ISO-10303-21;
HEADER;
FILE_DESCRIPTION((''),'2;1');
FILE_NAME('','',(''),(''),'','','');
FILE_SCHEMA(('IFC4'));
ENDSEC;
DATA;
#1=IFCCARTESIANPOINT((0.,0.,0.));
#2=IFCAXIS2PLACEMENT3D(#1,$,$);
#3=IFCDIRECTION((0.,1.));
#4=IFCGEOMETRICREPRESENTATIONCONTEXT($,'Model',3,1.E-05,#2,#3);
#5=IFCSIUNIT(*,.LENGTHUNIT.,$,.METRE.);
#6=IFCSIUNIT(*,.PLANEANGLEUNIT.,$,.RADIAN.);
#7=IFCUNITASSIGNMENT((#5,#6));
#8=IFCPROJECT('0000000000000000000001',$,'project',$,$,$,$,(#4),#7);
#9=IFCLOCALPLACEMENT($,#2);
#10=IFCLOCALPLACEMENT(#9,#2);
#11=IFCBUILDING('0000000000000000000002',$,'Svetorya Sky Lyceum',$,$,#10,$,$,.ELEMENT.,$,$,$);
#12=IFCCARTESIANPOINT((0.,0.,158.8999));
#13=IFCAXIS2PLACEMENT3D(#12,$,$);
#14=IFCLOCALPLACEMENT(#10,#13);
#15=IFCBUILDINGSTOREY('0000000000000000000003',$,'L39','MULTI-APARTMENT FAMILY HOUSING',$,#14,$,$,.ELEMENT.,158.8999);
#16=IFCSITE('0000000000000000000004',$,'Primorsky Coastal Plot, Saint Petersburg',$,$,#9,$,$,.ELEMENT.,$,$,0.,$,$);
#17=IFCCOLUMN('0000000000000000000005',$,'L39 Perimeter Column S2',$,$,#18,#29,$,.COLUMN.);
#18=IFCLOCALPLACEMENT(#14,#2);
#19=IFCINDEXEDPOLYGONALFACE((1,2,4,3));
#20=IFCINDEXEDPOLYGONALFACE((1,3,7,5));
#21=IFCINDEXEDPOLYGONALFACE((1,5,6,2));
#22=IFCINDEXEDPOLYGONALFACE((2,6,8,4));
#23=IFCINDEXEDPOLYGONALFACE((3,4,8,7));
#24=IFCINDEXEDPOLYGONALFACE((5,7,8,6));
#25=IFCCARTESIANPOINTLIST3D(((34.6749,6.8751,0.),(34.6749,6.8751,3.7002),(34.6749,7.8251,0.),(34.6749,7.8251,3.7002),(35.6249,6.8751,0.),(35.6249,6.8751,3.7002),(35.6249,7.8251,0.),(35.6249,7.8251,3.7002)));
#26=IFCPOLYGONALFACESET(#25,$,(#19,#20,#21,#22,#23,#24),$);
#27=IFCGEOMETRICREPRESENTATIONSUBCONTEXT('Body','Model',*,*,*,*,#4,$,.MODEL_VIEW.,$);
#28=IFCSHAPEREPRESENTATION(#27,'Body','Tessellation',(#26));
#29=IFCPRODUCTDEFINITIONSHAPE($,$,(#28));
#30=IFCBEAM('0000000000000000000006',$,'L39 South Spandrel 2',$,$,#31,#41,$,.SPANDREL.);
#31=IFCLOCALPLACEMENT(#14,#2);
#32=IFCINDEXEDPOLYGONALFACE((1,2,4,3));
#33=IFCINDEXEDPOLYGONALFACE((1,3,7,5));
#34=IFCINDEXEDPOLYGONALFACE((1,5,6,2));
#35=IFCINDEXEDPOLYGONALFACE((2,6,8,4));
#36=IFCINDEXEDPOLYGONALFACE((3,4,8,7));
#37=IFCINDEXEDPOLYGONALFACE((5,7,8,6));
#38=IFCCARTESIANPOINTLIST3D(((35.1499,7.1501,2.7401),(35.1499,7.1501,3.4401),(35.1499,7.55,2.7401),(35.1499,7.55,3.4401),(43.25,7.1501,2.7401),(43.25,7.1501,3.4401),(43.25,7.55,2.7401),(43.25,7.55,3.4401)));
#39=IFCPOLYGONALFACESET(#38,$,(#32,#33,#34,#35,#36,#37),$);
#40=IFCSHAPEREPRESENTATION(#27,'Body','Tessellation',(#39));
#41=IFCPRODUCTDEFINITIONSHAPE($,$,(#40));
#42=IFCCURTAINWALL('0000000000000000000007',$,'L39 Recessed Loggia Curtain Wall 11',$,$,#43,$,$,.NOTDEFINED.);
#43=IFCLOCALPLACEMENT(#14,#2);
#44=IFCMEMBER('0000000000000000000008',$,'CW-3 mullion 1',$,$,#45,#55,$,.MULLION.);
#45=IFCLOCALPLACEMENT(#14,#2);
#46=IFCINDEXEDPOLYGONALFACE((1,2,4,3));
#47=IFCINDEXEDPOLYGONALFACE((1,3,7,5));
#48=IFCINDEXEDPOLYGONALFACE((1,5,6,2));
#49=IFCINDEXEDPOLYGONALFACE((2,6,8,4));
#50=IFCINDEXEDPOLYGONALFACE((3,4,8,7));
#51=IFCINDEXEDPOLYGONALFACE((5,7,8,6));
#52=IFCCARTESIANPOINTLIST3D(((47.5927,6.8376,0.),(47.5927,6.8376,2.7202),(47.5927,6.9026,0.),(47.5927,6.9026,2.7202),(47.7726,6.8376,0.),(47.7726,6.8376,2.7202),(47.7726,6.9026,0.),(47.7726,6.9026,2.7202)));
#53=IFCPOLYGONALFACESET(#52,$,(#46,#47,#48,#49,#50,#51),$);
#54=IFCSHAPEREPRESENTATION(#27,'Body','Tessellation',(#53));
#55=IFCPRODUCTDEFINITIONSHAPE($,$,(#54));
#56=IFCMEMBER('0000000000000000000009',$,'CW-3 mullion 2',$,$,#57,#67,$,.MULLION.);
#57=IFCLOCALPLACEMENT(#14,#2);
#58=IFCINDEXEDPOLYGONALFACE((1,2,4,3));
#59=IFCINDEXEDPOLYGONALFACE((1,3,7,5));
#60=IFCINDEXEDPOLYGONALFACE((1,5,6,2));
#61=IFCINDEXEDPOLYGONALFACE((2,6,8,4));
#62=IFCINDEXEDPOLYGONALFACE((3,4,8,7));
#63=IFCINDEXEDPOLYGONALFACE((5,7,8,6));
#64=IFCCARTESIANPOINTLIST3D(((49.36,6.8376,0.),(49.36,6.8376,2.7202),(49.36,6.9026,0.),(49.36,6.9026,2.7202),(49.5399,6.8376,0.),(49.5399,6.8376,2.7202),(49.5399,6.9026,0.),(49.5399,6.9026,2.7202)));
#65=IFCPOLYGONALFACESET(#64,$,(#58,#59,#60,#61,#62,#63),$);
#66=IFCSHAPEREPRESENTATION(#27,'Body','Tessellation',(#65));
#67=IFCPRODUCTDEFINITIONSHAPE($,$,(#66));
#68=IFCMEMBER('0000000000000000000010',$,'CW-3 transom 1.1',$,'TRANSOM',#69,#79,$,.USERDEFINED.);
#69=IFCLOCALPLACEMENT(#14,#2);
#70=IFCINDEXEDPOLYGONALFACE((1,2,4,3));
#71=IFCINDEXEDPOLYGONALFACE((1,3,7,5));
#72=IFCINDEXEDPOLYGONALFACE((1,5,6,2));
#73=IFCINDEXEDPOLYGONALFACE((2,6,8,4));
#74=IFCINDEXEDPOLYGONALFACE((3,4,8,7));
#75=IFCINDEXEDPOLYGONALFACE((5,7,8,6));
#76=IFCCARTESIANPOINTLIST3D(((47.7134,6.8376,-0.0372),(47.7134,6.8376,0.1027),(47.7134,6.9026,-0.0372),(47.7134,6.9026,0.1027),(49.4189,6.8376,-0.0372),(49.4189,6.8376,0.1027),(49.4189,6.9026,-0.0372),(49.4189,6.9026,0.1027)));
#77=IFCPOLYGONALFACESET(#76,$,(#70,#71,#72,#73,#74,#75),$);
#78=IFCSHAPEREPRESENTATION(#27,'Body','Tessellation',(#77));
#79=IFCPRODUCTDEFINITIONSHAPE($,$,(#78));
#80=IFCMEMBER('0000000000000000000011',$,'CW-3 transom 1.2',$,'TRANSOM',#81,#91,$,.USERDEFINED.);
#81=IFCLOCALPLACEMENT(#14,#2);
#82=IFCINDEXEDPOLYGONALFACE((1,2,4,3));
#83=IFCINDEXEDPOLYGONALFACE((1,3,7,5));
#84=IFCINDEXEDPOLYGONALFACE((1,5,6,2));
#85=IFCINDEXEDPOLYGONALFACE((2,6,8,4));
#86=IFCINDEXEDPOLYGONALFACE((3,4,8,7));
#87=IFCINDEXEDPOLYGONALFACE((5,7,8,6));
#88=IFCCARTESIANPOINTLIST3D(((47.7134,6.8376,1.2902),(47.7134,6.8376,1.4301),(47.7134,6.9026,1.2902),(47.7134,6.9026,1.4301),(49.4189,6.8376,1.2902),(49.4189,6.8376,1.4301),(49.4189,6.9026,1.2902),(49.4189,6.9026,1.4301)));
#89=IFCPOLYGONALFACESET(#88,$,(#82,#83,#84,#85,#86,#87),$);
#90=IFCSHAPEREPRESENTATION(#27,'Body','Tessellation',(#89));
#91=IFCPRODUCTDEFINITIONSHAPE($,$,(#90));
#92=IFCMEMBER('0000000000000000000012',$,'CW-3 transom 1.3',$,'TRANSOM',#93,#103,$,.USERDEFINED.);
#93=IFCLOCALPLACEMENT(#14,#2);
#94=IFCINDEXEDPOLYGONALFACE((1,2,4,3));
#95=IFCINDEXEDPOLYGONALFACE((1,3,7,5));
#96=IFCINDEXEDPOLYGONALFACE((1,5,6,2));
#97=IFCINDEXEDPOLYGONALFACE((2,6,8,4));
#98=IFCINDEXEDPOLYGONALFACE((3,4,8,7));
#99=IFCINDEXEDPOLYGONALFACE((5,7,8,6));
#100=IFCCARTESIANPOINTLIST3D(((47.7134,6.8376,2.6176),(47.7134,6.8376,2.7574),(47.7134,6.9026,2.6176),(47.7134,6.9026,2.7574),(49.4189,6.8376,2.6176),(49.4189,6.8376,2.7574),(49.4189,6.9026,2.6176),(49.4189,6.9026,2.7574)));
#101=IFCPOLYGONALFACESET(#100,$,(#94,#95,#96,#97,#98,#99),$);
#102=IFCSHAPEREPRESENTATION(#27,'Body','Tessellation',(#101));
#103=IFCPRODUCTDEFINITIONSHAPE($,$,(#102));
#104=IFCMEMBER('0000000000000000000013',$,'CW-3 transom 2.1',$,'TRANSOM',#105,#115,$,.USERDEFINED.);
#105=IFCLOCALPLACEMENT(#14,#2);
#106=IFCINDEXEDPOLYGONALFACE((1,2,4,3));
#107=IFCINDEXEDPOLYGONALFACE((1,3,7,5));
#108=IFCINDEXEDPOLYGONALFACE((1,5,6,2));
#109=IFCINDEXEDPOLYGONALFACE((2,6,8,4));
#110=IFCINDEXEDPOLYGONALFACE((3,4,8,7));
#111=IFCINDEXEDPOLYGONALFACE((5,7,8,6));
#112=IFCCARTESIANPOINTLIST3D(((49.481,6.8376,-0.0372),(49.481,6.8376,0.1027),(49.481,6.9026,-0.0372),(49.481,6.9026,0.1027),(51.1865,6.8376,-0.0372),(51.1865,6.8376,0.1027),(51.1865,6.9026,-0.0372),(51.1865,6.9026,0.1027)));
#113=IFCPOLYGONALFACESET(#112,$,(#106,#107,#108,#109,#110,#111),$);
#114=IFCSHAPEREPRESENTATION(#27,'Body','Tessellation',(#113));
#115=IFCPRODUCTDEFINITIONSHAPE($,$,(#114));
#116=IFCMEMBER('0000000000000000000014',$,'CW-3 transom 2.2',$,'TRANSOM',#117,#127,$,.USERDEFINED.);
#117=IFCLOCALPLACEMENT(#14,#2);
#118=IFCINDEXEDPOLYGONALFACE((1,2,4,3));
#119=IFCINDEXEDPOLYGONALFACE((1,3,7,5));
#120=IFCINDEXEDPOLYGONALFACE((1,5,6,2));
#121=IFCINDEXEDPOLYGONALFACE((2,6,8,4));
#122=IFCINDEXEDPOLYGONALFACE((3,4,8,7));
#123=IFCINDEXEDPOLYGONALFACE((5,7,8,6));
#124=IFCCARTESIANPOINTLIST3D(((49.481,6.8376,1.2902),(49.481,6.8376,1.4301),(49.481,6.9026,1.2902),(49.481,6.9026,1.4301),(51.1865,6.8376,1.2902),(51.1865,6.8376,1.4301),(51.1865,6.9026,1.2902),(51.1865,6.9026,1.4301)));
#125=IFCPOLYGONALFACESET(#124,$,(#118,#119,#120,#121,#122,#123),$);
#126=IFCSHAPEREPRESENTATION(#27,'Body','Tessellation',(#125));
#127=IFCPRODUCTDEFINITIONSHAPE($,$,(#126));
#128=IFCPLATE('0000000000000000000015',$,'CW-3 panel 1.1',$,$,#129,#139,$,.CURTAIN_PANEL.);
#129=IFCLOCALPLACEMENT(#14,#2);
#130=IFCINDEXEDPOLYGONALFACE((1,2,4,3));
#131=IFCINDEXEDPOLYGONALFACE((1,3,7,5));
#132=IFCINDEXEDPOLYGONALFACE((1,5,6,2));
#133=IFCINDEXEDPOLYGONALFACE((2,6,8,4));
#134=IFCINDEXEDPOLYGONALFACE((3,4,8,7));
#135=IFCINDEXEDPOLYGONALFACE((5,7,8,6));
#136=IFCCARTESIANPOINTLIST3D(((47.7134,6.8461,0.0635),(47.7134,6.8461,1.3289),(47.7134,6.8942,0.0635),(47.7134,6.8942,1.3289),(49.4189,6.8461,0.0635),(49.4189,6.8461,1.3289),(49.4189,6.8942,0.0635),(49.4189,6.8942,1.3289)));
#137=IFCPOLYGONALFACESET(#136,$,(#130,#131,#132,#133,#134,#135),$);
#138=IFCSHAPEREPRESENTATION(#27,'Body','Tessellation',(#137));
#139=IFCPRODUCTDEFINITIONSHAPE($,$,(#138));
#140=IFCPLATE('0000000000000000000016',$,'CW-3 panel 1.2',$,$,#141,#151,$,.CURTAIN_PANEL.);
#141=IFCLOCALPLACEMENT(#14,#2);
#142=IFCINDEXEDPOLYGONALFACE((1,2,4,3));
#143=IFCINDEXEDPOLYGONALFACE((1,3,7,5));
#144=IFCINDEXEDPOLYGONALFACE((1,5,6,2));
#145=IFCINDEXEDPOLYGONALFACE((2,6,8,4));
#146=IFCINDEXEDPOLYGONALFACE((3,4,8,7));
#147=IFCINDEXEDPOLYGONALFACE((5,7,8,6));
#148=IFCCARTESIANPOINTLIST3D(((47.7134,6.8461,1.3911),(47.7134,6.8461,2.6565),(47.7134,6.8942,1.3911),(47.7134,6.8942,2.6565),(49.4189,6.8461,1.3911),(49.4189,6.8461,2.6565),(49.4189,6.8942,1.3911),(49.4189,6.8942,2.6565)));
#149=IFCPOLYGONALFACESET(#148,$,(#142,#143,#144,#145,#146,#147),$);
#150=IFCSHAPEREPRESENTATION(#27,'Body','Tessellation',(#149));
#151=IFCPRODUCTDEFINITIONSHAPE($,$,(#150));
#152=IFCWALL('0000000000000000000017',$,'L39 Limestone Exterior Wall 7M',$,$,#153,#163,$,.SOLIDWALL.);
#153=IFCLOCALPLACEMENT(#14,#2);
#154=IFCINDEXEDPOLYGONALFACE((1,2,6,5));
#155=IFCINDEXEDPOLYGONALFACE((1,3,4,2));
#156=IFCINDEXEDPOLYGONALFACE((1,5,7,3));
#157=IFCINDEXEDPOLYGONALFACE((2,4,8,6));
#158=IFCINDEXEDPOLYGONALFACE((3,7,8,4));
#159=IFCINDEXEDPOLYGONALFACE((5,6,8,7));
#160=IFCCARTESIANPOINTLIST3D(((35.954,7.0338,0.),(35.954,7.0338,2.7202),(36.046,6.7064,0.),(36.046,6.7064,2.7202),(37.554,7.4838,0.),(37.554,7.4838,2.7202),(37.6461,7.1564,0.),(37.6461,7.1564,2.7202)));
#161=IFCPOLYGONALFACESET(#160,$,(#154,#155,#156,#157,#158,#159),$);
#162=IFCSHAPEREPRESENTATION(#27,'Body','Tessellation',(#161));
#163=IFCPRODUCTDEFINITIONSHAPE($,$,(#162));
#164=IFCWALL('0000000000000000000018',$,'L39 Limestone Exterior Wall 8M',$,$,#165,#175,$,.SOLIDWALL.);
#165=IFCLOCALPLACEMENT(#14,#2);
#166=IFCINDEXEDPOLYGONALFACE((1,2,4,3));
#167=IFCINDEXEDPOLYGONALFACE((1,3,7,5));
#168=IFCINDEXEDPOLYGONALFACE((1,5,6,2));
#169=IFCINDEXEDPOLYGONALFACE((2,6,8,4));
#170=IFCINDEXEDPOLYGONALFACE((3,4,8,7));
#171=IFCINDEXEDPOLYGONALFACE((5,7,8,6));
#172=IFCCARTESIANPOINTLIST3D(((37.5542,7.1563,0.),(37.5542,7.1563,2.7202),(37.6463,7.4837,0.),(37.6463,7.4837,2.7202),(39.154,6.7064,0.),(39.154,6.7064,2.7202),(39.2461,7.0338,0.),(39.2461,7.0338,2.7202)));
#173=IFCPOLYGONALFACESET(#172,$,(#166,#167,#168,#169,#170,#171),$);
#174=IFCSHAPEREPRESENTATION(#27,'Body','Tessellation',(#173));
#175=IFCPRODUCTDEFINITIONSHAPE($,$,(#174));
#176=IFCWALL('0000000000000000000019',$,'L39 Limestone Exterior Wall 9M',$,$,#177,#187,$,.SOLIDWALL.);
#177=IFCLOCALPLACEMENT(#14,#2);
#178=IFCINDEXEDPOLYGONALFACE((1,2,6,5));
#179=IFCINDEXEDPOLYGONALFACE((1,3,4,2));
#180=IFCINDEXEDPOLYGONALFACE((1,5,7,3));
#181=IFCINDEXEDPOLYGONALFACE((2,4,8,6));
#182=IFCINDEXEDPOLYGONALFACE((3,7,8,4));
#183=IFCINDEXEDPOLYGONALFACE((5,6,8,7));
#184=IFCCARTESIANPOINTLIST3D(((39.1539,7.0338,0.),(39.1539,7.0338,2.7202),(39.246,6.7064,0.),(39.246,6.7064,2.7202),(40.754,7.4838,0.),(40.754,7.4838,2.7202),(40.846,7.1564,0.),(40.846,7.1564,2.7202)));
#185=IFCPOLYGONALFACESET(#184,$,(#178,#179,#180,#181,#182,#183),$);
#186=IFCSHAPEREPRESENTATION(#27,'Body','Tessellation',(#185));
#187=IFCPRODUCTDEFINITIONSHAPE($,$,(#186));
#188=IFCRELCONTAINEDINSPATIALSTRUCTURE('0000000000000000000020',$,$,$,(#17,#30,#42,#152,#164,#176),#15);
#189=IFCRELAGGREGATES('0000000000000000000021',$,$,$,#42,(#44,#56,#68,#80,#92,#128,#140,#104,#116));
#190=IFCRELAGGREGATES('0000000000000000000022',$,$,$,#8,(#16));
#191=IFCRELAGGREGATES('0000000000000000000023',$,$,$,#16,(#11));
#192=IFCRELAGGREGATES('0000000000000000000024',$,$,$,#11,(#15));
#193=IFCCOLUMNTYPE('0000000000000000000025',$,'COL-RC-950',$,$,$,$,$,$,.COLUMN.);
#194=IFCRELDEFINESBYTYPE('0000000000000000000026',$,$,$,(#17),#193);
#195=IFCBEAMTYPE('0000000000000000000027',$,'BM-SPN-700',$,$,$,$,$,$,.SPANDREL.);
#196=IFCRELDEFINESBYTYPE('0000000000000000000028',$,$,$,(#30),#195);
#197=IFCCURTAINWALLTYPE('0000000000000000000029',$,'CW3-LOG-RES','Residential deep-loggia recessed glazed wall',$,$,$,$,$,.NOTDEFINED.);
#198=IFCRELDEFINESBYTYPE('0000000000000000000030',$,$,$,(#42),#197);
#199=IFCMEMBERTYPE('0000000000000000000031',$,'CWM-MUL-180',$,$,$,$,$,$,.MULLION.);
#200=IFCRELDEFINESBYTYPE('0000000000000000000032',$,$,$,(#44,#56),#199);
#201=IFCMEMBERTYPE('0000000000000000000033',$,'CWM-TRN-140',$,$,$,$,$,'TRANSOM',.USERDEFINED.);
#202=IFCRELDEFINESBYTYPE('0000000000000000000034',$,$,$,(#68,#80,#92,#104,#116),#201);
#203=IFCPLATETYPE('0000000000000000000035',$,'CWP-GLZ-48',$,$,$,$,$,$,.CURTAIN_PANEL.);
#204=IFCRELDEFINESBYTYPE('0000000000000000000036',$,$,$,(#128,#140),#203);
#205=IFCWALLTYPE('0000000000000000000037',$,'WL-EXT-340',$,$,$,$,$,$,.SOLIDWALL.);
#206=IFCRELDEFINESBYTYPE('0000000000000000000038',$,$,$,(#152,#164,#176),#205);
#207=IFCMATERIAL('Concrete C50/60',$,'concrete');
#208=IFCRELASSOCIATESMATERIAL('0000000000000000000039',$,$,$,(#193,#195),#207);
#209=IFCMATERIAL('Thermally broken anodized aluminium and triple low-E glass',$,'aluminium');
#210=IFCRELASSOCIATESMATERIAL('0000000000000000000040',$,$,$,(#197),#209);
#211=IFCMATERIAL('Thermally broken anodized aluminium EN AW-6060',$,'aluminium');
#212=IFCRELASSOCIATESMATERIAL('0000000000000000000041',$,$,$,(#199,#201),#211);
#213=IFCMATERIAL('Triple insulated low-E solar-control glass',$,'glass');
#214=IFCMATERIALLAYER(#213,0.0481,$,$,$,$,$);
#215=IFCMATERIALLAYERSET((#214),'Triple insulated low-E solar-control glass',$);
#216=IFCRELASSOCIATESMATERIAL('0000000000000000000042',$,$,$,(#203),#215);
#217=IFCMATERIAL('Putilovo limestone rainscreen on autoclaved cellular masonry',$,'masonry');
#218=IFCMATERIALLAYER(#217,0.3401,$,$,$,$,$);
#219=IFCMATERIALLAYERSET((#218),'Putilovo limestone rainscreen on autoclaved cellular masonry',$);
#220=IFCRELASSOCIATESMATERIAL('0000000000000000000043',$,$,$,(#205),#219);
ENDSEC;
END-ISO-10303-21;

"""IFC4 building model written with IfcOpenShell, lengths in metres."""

from ifc_helpers import new_model, si_unit, direction, frame, frame_2d, origin, origin_2d, place, context, subcontext, project, spatial, rectangle, extrude, material, layer, layer_set, material_profile, profile_set, type_object, element, aggregate, save


model = new_model("IFC4")

# Units and contexts
model_context = context("Model", 3, precision=1e-05, world=origin(), true_north=direction((0.0, 1.0)))
body_context = subcontext(model_context, "Body", "Model", "MODEL_VIEW")
ifc_project = project(units=[si_unit("LENGTHUNIT", "METRE"), si_unit("PLANEANGLEUNIT", "RADIAN")], contexts=[model_context])

# Site, building, storey
site_placement = place(None, origin())
site = spatial("IfcSite", under=ifc_project, at=site_placement, Name="Primorsky Coastal Plot, Saint Petersburg", CompositionType="ELEMENT", RefElevation=0.0)
building_placement = place(site_placement, origin())
building = spatial("IfcBuilding", under=site, at=building_placement, Name="Svetorya Sky Lyceum", CompositionType="ELEMENT")
storey_placement = place(building_placement, frame((0.0, 0.0, 158.8999)))
storey = spatial("IfcBuildingStorey", under=building, at=storey_placement, Name="L39", Description="MULTI-APARTMENT FAMILY HOUSING", CompositionType="ELEMENT", Elevation=158.8999)

# Column
ifc_material_1 = material(Name="Concrete C50/60", Category="concrete")
ifc_material_profile_1 = material_profile(ifc_material_1, rectangle(XDim=0.95, YDim=0.95, at=origin_2d()), Name="RC COL 950x950")
ifc_profile_set_1 = profile_set([ifc_material_profile_1], Name="Concrete C50/60")
column_type = type_object("IfcColumnType", Name="COL-RC-950", PredefinedType="COLUMN", material=ifc_profile_set_1)
column_placement = place(storey_placement, frame((35.1499, 7.3501, 0.0), z_axis=(0.0, 0.0, 1.0), x_axis=(1.0, 0.0, 0.0)))
element("IfcColumn", 1, at=column_placement, inside=storey, type_object=column_type, Name="L39 Perimeter Column S2", PredefinedType="COLUMN", context=body_context, shape_type="SweptSolid", body=[
    extrude(rectangle(XDim=0.95, YDim=0.95, at=origin_2d()), origin(), (0.0, 0.0, 1.0), 3.7002),
])

# Beam
ifc_material_profile_2 = material_profile(ifc_material_1, rectangle(XDim=0.3999, YDim=0.7, at=origin_2d()), Name="RC SPANDREL 400x700")
ifc_profile_set_2 = profile_set([ifc_material_profile_2], Name="Concrete C50/60")
beam_type = type_object("IfcBeamType", Name="BM-SPN-700", PredefinedType="SPANDREL", material=ifc_profile_set_2)
beam_placement = place(storey_placement, frame((35.1499, 7.3501, 3.0901), z_axis=(1.0, 0.0, 0.0), x_axis=(0.0, 1.0, 0.0)))
element("IfcBeam", 2, at=beam_placement, inside=storey, type_object=beam_type, Name="L39 South Spandrel 2", PredefinedType="SPANDREL", context=body_context, shape_type="SweptSolid", body=[
    extrude(rectangle(XDim=0.3999, YDim=0.7, at=origin_2d()), origin(), (0.0, 0.0, 1.0), 8.1001),
])

# Curtain wall, members, plates
ifc_material_2 = material(Name="Thermally broken anodized aluminium and triple low-E glass", Category="aluminium")
curtain_wall_type = type_object("IfcCurtainWallType", Name="CW3-LOG-RES", Description="Residential deep-loggia recessed glazed wall", PredefinedType="NOTDEFINED", material=ifc_material_2)
curtain_wall_placement = place(storey_placement, origin())
curtain_wall = element("IfcCurtainWall", 3, at=curtain_wall_placement, inside=storey, type_object=curtain_wall_type, Name="L39 Recessed Loggia Curtain Wall 11", PredefinedType="NOTDEFINED")
ifc_material_3 = material(Name="Thermally broken anodized aluminium EN AW-6060", Category="aluminium")
ifc_material_profile_3 = material_profile(ifc_material_3, rectangle(XDim=0.0649, YDim=0.1799, at=origin_2d()), Name="ALU MULLION 65x180")
ifc_profile_set_3 = profile_set([ifc_material_profile_3], Name="Thermally broken anodized aluminium EN AW-6060")
member_type_1 = type_object("IfcMemberType", Name="CWM-MUL-180", PredefinedType="MULLION", material=ifc_profile_set_3)
member_1_placement = place(storey_placement, frame((47.6826, 6.8701, 0.0), z_axis=(0.0, 0.0, 1.0), x_axis=(0.0, 1.0, 0.0)))
member_1 = element("IfcMember", 4, at=member_1_placement, type_object=member_type_1, Name="CW-3 mullion 1", PredefinedType="MULLION", context=body_context, shape_type="SweptSolid", body=[
    extrude(rectangle(XDim=0.0649, YDim=0.1799, at=origin_2d()), origin(), (0.0, 0.0, 1.0), 2.7202),
])
member_2_placement = place(storey_placement, frame((49.45, 6.8701, 0.0), z_axis=(0.0, 0.0, 1.0), x_axis=(0.0, 1.0, 0.0)))
member_2 = element("IfcMember", 5, at=member_2_placement, type_object=member_type_1, Name="CW-3 mullion 2", PredefinedType="MULLION", context=body_context, shape_type="SweptSolid", body=[
    extrude(rectangle(XDim=0.0649, YDim=0.1799, at=origin_2d()), origin(), (0.0, 0.0, 1.0), 2.7202),
])
ifc_material_profile_4 = material_profile(ifc_material_3, rectangle(XDim=0.0649, YDim=0.1399, at=origin_2d()), Name="ALU TRANSOM 65x140")
ifc_profile_set_4 = profile_set([ifc_material_profile_4], Name="Thermally broken anodized aluminium EN AW-6060")
member_type_2 = type_object("IfcMemberType", Name="CWM-TRN-140", ElementType="TRANSOM", PredefinedType="USERDEFINED", material=ifc_profile_set_4)
member_3_placement = place(storey_placement, frame((47.7134, 6.8701, 0.0327), z_axis=(1.0, 0.0, 0.0), x_axis=(0.0, 1.0, 0.0)))
member_3 = element("IfcMember", 6, at=member_3_placement, type_object=member_type_2, Name="CW-3 transom 1.1", ObjectType="TRANSOM", PredefinedType="USERDEFINED", context=body_context, shape_type="SweptSolid", body=[
    extrude(rectangle(XDim=0.0649, YDim=0.1399, at=origin_2d()), origin(), (0.0, 0.0, 1.0), 1.7056),
])
member_4_placement = place(storey_placement, frame((47.7134, 6.8701, 1.3601), z_axis=(1.0, 0.0, 0.0), x_axis=(0.0, 1.0, 0.0)))
member_4 = element("IfcMember", 7, at=member_4_placement, type_object=member_type_2, Name="CW-3 transom 1.2", ObjectType="TRANSOM", PredefinedType="USERDEFINED", context=body_context, shape_type="SweptSolid", body=[
    extrude(rectangle(XDim=0.0649, YDim=0.1399, at=origin_2d()), origin(), (0.0, 0.0, 1.0), 1.7056),
])
member_5_placement = place(storey_placement, frame((47.7134, 6.8701, 2.6875), z_axis=(1.0, 0.0, 0.0), x_axis=(0.0, 1.0, 0.0)))
member_5 = element("IfcMember", 8, at=member_5_placement, type_object=member_type_2, Name="CW-3 transom 1.3", ObjectType="TRANSOM", PredefinedType="USERDEFINED", context=body_context, shape_type="SweptSolid", body=[
    extrude(rectangle(XDim=0.0649, YDim=0.1399, at=origin_2d()), origin(), (0.0, 0.0, 1.0), 1.7056),
])
member_6_placement = place(storey_placement, frame((49.481, 6.8701, 0.0327), z_axis=(1.0, 0.0, 0.0), x_axis=(0.0, 1.0, 0.0)))
member_6 = element("IfcMember", 9, at=member_6_placement, type_object=member_type_2, Name="CW-3 transom 2.1", ObjectType="TRANSOM", PredefinedType="USERDEFINED", context=body_context, shape_type="SweptSolid", body=[
    extrude(rectangle(XDim=0.0649, YDim=0.1399, at=origin_2d()), origin(), (0.0, 0.0, 1.0), 1.7056),
])
member_7_placement = place(storey_placement, frame((49.481, 6.8701, 1.3601), z_axis=(1.0, 0.0, 0.0), x_axis=(0.0, 1.0, 0.0)))
member_7 = element("IfcMember", 10, at=member_7_placement, type_object=member_type_2, Name="CW-3 transom 2.2", ObjectType="TRANSOM", PredefinedType="USERDEFINED", context=body_context, shape_type="SweptSolid", body=[
    extrude(rectangle(XDim=0.0649, YDim=0.1399, at=origin_2d()), origin(), (0.0, 0.0, 1.0), 1.7056),
])
ifc_material_4 = material(Name="Triple insulated low-E solar-control glass", Category="glass")
ifc_layer_1 = layer(ifc_material_4, 0.0481)
ifc_layer_set_1 = layer_set([ifc_layer_1], Name="Triple insulated low-E solar-control glass")
plate_type = type_object("IfcPlateType", Name="CWP-GLZ-48", PredefinedType="CURTAIN_PANEL", material=ifc_layer_set_1)
plate_1_placement = place(storey_placement, frame((48.5662, 6.8701, 0.0635), z_axis=(0.0, 0.0, 1.0), x_axis=(1.0, 0.0, 0.0)))
plate_1 = element("IfcPlate", 11, at=plate_1_placement, type_object=plate_type, Name="CW-3 panel 1.1", PredefinedType="CURTAIN_PANEL", context=body_context, shape_type="SweptSolid", body=[
    extrude(rectangle(XDim=1.7056, YDim=0.0481, at=origin_2d()), origin(), (0.0, 0.0, 1.0), 1.2654),
])
plate_2_placement = place(storey_placement, frame((48.5662, 6.8701, 1.3911), z_axis=(0.0, 0.0, 1.0), x_axis=(1.0, 0.0, 0.0)))
plate_2 = element("IfcPlate", 12, at=plate_2_placement, type_object=plate_type, Name="CW-3 panel 1.2", PredefinedType="CURTAIN_PANEL", context=body_context, shape_type="SweptSolid", body=[
    extrude(rectangle(XDim=1.7056, YDim=0.0481, at=origin_2d()), origin(), (0.0, 0.0, 1.0), 1.2654),
])
aggregate(curtain_wall, [member_1, member_2, member_3, member_4, member_5, plate_1, plate_2, member_6, member_7])

# Walls
ifc_material_5 = material(Name="Putilovo limestone rainscreen on autoclaved cellular masonry", Category="masonry")
ifc_layer_2 = layer(ifc_material_5, 0.3401)
ifc_layer_set_2 = layer_set([ifc_layer_2], Name="Putilovo limestone rainscreen on autoclaved cellular masonry")
wall_type_1 = type_object("IfcWallType", Name="WL-EXT-340", PredefinedType="SOLIDWALL", material=ifc_layer_set_2)
wall_1_placement = place(storey_placement, frame((36.0, 6.8701, 0.0), z_axis=(0.0, 0.0, 1.0), x_axis=(0.962663, 0.270703, 0.0)))
element("IfcWall", 13, at=wall_1_placement, inside=storey, type_object=wall_type_1, Name="L39 Limestone Exterior Wall 7M", PredefinedType="SOLIDWALL", context=body_context, shape_type="SweptSolid", body=[
    extrude(rectangle(XDim=1.6621, YDim=0.3401, at=frame_2d((0.8311, 0.0))), origin(), (0.0, 0.0, 1.0), 2.7202),
])
wall_2_placement = place(storey_placement, frame((37.6001, 7.3201, 0.0), z_axis=(0.0, 0.0, 1.0), x_axis=(0.962652, -0.270741, 0.0)))
element("IfcWall", 14, at=wall_2_placement, inside=storey, type_object=wall_type_1, Name="L39 Limestone Exterior Wall 8M", PredefinedType="SOLIDWALL", context=body_context, shape_type="SweptSolid", body=[
    extrude(rectangle(XDim=1.6619, YDim=0.3401, at=frame_2d((0.8311, 0.0))), origin(), (0.0, 0.0, 1.0), 2.7202),
])
wall_3_placement = place(storey_placement, frame((39.2, 6.8701, 0.0), z_axis=(0.0, 0.0, 1.0), x_axis=(0.962663, 0.270703, 0.0)))
element("IfcWall", 15, at=wall_3_placement, inside=storey, type_object=wall_type_1, Name="L39 Limestone Exterior Wall 9M", PredefinedType="SOLIDWALL", context=body_context, shape_type="SweptSolid", body=[
    extrude(rectangle(XDim=1.6621, YDim=0.3401, at=frame_2d((0.8311, 0.0))), origin(), (0.0, 0.0, 1.0), 2.7202),
])

save(model, "model.ifc")
